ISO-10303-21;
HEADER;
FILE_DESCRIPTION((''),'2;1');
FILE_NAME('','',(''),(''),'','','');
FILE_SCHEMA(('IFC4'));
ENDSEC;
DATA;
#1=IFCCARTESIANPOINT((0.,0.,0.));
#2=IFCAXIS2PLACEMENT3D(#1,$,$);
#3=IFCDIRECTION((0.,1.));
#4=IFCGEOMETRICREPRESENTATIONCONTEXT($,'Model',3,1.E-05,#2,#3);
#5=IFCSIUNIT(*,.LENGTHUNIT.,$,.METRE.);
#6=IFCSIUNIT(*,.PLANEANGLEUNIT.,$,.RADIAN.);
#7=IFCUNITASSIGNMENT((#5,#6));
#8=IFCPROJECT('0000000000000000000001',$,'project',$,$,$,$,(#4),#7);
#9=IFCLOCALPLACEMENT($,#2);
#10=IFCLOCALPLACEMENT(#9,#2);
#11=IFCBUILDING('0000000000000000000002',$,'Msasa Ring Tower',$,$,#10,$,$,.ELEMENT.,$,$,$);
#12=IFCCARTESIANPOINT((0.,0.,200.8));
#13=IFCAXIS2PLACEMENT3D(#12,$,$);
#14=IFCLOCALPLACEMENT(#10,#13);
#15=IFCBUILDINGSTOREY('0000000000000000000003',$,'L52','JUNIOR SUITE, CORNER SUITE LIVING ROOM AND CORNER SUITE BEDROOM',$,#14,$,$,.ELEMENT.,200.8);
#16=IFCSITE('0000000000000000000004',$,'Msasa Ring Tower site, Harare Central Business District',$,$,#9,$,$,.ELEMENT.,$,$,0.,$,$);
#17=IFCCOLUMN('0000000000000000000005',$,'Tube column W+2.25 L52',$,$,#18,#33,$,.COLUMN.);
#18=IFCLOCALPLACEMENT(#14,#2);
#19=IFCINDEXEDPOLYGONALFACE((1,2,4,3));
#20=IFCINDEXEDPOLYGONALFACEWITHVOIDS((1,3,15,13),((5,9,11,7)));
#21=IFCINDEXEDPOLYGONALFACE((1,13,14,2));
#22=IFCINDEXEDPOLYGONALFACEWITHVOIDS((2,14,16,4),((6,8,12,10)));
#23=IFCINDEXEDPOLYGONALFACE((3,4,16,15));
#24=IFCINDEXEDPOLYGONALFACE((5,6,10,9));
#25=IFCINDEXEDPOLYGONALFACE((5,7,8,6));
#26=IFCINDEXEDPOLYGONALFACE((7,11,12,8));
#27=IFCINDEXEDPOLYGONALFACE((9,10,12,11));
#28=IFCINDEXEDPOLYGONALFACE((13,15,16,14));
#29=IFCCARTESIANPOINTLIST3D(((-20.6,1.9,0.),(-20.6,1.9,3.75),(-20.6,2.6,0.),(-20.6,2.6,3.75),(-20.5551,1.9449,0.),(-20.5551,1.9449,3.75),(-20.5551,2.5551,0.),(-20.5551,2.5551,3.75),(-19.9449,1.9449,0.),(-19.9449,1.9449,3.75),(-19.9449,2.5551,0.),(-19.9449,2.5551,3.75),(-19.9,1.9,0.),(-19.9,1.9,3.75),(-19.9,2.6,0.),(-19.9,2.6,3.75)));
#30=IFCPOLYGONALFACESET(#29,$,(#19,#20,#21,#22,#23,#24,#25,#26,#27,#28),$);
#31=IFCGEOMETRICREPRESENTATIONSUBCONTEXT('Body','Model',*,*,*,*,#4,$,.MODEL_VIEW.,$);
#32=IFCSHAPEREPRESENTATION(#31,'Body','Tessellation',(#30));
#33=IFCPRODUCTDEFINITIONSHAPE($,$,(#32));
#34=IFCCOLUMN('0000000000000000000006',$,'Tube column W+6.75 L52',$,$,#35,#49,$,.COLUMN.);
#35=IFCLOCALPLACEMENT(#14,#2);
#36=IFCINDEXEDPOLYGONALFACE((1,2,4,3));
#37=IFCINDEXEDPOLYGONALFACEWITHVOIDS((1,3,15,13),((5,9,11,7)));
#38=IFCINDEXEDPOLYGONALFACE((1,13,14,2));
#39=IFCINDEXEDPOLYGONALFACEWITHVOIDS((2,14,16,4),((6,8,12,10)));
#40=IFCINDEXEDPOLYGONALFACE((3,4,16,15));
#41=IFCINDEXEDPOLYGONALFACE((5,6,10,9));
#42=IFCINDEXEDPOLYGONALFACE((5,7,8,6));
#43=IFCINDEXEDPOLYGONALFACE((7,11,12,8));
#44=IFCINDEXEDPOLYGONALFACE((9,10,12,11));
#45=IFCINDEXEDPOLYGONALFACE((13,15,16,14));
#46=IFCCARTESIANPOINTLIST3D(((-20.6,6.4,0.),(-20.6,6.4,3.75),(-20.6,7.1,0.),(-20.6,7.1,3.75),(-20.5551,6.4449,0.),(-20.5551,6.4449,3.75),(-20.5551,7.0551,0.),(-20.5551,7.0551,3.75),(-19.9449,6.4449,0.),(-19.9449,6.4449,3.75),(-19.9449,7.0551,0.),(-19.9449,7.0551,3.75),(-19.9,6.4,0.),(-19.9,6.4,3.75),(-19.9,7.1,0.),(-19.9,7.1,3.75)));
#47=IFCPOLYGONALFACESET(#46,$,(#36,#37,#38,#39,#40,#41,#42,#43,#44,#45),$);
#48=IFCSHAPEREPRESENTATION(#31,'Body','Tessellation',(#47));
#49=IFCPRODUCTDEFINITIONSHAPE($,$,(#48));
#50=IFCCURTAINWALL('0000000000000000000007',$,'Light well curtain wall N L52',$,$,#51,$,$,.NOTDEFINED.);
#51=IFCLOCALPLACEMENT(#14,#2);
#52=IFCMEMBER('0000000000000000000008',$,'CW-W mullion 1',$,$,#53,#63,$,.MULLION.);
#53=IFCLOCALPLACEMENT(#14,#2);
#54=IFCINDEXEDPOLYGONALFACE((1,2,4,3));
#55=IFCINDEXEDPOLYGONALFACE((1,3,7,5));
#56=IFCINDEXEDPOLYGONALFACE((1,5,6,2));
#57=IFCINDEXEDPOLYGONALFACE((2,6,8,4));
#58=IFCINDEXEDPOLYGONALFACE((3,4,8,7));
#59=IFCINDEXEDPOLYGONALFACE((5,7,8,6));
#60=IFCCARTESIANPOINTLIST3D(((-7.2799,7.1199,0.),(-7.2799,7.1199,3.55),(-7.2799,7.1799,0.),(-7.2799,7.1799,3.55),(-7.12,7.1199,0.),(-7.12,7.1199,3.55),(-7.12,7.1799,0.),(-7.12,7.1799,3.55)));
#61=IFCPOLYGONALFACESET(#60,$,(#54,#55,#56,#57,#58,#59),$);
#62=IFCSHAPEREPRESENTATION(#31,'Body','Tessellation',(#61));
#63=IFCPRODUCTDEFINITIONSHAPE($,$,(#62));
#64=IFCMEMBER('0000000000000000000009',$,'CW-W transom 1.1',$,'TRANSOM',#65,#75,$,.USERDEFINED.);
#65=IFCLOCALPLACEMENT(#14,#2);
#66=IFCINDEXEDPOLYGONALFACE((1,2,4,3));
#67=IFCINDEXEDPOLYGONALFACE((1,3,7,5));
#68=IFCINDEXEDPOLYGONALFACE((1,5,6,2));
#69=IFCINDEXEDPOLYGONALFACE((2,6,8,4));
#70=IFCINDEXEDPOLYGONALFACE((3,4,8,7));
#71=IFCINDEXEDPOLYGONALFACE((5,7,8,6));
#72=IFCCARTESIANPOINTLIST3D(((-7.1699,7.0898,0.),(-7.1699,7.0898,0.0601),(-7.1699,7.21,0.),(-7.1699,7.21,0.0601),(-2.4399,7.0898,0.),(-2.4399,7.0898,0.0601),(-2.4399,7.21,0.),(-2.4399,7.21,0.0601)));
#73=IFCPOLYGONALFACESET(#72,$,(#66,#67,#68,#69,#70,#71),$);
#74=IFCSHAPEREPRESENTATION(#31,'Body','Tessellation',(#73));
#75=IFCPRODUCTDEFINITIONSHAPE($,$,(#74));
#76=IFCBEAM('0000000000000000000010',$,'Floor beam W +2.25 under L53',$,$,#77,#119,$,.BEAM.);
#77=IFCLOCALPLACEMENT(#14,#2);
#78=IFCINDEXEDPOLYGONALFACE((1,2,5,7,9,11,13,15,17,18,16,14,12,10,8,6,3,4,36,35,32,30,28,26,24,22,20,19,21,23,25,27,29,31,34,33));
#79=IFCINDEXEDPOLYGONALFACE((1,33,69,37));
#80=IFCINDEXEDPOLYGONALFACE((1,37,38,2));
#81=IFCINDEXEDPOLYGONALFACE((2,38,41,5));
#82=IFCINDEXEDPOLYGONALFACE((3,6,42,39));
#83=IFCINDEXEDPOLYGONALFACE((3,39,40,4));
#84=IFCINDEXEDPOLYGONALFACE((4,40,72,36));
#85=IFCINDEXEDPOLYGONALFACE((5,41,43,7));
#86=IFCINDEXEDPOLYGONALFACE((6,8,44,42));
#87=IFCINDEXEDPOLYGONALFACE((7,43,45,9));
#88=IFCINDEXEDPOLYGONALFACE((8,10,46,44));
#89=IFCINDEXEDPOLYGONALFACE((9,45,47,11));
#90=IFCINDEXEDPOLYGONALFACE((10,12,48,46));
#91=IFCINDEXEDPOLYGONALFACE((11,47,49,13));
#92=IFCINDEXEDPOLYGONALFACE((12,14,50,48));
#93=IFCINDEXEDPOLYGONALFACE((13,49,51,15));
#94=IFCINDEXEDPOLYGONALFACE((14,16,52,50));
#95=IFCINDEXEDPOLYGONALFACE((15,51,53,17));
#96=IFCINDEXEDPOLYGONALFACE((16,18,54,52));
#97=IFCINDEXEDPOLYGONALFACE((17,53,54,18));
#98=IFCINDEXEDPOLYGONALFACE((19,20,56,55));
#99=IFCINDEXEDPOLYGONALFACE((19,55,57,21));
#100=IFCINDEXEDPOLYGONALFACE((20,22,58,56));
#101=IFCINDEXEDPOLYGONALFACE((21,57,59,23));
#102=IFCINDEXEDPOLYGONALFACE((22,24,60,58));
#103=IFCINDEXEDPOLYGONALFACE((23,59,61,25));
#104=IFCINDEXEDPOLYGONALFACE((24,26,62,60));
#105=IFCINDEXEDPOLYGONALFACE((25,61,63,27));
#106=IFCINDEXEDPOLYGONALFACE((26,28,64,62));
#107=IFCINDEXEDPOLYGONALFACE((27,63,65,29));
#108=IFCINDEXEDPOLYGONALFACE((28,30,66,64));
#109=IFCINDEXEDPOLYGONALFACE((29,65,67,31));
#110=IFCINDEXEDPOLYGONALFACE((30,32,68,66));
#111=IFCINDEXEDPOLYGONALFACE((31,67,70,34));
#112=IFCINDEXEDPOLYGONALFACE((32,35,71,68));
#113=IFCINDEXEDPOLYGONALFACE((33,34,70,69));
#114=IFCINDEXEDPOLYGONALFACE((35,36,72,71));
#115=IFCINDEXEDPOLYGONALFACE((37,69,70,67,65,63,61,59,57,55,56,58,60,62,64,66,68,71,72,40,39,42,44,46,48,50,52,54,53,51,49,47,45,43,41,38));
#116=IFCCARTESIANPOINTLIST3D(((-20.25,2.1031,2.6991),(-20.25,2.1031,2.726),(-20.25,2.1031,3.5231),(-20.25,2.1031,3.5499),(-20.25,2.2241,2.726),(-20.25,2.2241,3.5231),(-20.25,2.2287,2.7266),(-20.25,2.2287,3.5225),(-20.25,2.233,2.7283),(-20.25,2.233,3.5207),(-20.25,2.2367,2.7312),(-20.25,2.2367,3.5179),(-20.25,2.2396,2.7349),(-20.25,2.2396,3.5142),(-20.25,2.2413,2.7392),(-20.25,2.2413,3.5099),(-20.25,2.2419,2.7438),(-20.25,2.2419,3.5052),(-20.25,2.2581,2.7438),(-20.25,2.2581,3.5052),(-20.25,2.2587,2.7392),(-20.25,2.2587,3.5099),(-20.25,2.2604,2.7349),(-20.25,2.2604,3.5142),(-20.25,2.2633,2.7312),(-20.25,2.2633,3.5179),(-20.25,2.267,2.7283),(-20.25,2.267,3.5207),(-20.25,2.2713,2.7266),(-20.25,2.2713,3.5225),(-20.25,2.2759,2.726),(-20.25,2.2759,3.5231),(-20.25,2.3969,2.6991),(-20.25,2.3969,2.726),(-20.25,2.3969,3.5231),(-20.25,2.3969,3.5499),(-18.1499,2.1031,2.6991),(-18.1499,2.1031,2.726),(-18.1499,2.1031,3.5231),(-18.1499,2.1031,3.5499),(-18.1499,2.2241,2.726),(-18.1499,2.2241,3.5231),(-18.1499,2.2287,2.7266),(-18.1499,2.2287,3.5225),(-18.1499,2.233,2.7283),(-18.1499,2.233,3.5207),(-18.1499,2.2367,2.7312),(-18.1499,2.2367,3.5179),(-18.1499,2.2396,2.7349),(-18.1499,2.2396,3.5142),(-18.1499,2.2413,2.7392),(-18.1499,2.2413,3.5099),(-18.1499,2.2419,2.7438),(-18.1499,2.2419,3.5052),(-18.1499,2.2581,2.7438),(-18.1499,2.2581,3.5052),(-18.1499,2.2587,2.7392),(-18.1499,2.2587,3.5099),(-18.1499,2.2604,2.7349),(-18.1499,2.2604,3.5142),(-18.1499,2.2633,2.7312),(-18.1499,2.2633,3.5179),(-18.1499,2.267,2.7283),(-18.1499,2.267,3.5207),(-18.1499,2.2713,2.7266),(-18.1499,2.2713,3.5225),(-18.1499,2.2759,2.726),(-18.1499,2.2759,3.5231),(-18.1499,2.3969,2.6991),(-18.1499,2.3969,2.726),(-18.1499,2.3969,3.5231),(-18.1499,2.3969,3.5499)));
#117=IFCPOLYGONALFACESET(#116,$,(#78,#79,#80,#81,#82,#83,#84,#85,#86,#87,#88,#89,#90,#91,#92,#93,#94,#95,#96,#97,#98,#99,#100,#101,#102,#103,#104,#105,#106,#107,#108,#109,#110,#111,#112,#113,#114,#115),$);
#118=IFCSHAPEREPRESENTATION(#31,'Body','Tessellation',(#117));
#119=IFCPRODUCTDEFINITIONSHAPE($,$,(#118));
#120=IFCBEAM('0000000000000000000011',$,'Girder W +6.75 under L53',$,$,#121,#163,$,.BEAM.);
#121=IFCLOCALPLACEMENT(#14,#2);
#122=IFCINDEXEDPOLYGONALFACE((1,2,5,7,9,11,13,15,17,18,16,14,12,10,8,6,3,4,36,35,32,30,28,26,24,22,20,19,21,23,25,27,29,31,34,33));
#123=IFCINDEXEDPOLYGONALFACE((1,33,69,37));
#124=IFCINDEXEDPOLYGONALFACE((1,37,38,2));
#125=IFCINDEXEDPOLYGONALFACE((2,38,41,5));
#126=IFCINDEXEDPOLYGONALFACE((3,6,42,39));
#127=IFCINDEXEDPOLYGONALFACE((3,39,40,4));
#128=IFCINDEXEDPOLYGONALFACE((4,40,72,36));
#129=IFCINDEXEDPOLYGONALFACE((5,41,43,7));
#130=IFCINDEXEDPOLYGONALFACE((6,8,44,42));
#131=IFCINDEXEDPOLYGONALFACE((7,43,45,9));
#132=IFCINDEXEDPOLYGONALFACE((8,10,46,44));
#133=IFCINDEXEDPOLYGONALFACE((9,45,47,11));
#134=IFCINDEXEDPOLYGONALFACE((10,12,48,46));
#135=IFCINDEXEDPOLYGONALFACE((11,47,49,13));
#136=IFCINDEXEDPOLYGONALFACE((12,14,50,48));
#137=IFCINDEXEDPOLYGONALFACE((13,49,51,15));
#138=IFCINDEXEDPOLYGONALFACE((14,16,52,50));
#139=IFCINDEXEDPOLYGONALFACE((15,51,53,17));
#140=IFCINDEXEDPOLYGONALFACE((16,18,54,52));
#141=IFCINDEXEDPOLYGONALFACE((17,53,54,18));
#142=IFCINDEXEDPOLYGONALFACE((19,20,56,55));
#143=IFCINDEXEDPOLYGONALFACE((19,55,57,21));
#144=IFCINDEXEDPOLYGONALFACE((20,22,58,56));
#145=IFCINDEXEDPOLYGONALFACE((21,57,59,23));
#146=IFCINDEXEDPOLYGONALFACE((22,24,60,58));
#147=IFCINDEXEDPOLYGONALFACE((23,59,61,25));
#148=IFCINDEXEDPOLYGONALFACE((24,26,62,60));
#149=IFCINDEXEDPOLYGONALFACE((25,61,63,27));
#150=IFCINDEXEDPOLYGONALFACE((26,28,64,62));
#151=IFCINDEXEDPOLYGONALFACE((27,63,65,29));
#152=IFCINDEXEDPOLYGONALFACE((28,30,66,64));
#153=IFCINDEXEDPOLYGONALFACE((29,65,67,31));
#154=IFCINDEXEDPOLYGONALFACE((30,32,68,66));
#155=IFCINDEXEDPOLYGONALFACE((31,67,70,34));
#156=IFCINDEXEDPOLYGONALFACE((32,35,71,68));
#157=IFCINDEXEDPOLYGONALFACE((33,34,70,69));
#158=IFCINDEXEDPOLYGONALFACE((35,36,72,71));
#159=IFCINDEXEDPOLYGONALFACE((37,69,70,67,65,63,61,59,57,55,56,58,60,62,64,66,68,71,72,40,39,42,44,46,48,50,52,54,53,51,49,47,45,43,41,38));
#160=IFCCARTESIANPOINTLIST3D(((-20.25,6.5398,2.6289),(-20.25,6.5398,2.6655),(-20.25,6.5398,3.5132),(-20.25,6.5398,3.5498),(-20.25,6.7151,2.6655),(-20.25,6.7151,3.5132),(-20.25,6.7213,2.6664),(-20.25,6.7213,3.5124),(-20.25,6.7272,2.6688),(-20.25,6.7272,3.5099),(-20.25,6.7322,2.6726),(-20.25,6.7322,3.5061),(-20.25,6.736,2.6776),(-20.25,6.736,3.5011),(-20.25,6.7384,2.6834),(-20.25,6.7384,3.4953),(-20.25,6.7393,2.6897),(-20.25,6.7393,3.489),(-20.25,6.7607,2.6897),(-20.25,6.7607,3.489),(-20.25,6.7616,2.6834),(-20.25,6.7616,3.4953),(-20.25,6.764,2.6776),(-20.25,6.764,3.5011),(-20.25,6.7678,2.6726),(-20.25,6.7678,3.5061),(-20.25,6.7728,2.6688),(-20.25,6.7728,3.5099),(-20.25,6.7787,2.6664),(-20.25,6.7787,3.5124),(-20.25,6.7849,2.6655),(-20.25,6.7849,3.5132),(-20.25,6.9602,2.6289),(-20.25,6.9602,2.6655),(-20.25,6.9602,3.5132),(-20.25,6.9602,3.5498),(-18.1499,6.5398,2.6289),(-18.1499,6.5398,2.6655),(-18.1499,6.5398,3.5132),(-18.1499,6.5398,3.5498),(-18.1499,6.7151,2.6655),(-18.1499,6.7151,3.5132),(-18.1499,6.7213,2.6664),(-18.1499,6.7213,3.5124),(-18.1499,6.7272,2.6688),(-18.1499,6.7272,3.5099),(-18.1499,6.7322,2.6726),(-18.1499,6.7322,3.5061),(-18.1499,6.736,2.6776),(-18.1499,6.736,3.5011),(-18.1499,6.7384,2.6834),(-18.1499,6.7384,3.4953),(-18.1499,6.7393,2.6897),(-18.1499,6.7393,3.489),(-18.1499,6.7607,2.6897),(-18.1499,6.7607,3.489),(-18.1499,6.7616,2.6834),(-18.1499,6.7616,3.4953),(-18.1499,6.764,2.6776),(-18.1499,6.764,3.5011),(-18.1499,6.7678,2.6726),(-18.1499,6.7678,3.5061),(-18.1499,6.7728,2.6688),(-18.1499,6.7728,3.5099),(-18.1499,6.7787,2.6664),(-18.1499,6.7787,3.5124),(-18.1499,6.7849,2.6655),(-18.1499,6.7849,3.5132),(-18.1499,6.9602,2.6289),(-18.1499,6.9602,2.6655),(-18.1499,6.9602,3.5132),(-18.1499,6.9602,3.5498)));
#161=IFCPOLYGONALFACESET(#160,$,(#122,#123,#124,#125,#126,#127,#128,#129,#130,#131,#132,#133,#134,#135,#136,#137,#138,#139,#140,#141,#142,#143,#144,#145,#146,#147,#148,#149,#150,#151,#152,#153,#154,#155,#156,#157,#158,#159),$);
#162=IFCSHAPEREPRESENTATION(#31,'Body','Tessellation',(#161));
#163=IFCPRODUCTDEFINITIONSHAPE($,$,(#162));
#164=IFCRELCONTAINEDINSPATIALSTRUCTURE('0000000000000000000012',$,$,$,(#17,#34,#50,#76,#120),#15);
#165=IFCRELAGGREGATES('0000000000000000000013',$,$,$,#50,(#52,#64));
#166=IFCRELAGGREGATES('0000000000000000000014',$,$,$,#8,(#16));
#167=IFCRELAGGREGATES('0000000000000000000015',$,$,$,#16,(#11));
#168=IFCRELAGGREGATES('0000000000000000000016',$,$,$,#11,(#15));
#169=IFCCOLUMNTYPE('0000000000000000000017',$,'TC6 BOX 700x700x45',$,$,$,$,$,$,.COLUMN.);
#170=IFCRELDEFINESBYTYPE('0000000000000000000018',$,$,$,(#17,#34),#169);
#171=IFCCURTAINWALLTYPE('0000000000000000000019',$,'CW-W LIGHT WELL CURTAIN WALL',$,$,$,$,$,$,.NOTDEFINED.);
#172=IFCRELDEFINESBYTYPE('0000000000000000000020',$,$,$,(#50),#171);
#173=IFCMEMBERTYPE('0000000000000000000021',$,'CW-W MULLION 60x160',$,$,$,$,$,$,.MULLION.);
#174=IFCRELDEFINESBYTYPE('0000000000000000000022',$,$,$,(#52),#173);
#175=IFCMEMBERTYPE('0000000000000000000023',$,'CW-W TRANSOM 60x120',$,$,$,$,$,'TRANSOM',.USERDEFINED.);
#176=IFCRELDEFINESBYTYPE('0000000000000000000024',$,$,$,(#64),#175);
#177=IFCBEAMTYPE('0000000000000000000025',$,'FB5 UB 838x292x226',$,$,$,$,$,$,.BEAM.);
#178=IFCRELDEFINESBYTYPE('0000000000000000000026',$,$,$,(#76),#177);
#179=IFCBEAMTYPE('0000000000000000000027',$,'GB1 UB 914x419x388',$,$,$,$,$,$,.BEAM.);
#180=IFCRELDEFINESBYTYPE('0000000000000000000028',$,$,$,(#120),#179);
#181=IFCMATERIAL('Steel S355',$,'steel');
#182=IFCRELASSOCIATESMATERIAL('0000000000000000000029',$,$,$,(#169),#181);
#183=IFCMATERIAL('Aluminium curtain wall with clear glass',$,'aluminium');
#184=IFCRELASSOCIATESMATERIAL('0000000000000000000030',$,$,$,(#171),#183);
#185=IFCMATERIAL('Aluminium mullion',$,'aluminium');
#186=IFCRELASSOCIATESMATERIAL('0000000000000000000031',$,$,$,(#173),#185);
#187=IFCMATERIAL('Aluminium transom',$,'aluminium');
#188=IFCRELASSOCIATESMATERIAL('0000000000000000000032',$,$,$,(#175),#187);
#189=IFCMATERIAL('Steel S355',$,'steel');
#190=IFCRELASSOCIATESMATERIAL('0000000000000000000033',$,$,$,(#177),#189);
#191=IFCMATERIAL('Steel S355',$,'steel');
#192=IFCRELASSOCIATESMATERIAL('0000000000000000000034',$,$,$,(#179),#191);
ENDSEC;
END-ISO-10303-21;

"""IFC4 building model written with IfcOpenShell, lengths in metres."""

from ifc_helpers import new_model, si_unit, direction, frame, origin, origin_2d, place, context, subcontext, project, spatial, rectangle, hollow_rectangle, i_section, extrude, material, material_profile, profile_set, type_object, element, aggregate, save


model = new_model("IFC4")

# Units and contexts
model_context = context("Model", 3, precision=1e-05, world=origin(), true_north=direction((0.0, 1.0)))
body_context = subcontext(model_context, "Body", "Model", "MODEL_VIEW")
ifc_project = project(units=[si_unit("LENGTHUNIT", "METRE"), si_unit("PLANEANGLEUNIT", "RADIAN")], contexts=[model_context])

# Site, building, storey
site_placement = place(None, origin())
site = spatial("IfcSite", under=ifc_project, at=site_placement, Name="Msasa Ring Tower site, Harare Central Business District", CompositionType="ELEMENT", RefElevation=0.0)
building_placement = place(site_placement, origin())
building = spatial("IfcBuilding", under=site, at=building_placement, Name="Msasa Ring Tower", CompositionType="ELEMENT")
storey_placement = place(building_placement, frame((0.0, 0.0, 200.8)))
storey = spatial("IfcBuildingStorey", under=building, at=storey_placement, Name="L52", Description="JUNIOR SUITE, CORNER SUITE LIVING ROOM AND CORNER SUITE BEDROOM", CompositionType="ELEMENT", Elevation=200.8)

# Columns
ifc_material_1 = material(Name="Steel S355", Category="steel")
ifc_material_profile_1 = material_profile(ifc_material_1, hollow_rectangle(XDim=0.7, YDim=0.7, WallThickness=0.0449, at=origin_2d()), Name="BOX 700x700x45")
ifc_profile_set_1 = profile_set([ifc_material_profile_1], Name="Steel S355")
column_type = type_object("IfcColumnType", Name="TC6 BOX 700x700x45", PredefinedType="COLUMN", material=ifc_profile_set_1)
for number, where, z_axis, x_axis, name in (
    (1, (-20.25, 2.25, 0.0), (0.0, 0.0, 1.0), (1.0, 0.0, 0.0), "Tube column W+2.25 L52"),
    (2, (-20.25, 6.75, 0.0), (0.0, 0.0, 1.0), (1.0, 0.0, 0.0), "Tube column W+6.75 L52"),
):
    element("IfcColumn", number, at=place(storey_placement, frame(where, z_axis=z_axis, x_axis=x_axis)), inside=storey, type_object=column_type, Name=name, PredefinedType="COLUMN", context=body_context, shape_type="SweptSolid", body=[
        extrude(hollow_rectangle(XDim=0.7, YDim=0.7, WallThickness=0.0449, at=origin_2d()), origin(), (0.0, 0.0, 1.0), 3.75),
    ])

# Curtain wall, members
ifc_material_2 = material(Name="Aluminium curtain wall with clear glass", Category="aluminium")
curtain_wall_type = type_object("IfcCurtainWallType", Name="CW-W LIGHT WELL CURTAIN WALL", PredefinedType="NOTDEFINED", material=ifc_material_2)
curtain_wall_placement = place(storey_placement, origin())
curtain_wall = element("IfcCurtainWall", 3, at=curtain_wall_placement, inside=storey, type_object=curtain_wall_type, Name="Light well curtain wall N L52", PredefinedType="NOTDEFINED")
ifc_material_3 = material(Name="Aluminium mullion", Category="aluminium")
ifc_material_profile_2 = material_profile(ifc_material_3, rectangle(XDim=0.0601, YDim=0.1599, at=origin_2d()), Name="AL 60x160")
ifc_profile_set_2 = profile_set([ifc_material_profile_2], Name="Aluminium mullion")
member_type_1 = type_object("IfcMemberType", Name="CW-W MULLION 60x160", PredefinedType="MULLION", material=ifc_profile_set_2)
member_1_placement = place(storey_placement, frame((-7.2, 7.1499, 0.0), z_axis=(0.0, 0.0, 1.0), x_axis=(0.0, 1.0, 0.0)))
member_1 = element("IfcMember", 4, at=member_1_placement, type_object=member_type_1, Name="CW-W mullion 1", PredefinedType="MULLION", context=body_context, shape_type="SweptSolid", body=[
    extrude(rectangle(XDim=0.0601, YDim=0.1599, at=origin_2d()), origin(), (0.0, 0.0, 1.0), 3.55),
])
ifc_material_4 = material(Name="Aluminium transom", Category="aluminium")
ifc_material_profile_3 = material_profile(ifc_material_4, rectangle(XDim=0.1201, YDim=0.0601, at=origin_2d()), Name="AL 60x120")
ifc_profile_set_3 = profile_set([ifc_material_profile_3], Name="Aluminium transom")
member_type_2 = type_object("IfcMemberType", Name="CW-W TRANSOM 60x120", ElementType="TRANSOM", PredefinedType="USERDEFINED", material=ifc_profile_set_3)
member_2_placement = place(storey_placement, frame((-7.1699, 7.1499, 0.03), z_axis=(1.0, 0.0, 0.0), x_axis=(0.0, 1.0, 0.0)))
member_2 = element("IfcMember", 5, at=member_2_placement, type_object=member_type_2, Name="CW-W transom 1.1", ObjectType="TRANSOM", PredefinedType="USERDEFINED", context=body_context, shape_type="SweptSolid", body=[
    extrude(rectangle(XDim=0.1201, YDim=0.0601, at=origin_2d()), origin(), (0.0, 0.0, 1.0), 4.73),
])
aggregate(curtain_wall, [member_1, member_2])

# Beams
ifc_material_5 = material(Name="Steel S355", Category="steel")
ifc_material_profile_4 = material_profile(ifc_material_5, i_section(OverallWidth=0.2937, OverallDepth=0.8508, WebThickness=0.0161, FlangeThickness=0.0269, FilletRadius=0.0178, at=origin_2d()), Name="UB 838x292x226")
ifc_profile_set_4 = profile_set([ifc_material_profile_4], Name="Steel S355")
beam_type_1 = type_object("IfcBeamType", Name="FB5 UB 838x292x226", PredefinedType="BEAM", material=ifc_profile_set_4)
beam_1_placement = place(storey_placement, frame((-20.25, 2.25, 3.1245), z_axis=(1.0, 0.0, 0.0), x_axis=(0.0, 1.0, 0.0)))
element("IfcBeam", 6, at=beam_1_placement, inside=storey, type_object=beam_type_1, Name="Floor beam W +2.25 under L53", PredefinedType="BEAM", context=body_context, shape_type="SweptSolid", body=[
    extrude(i_section(OverallWidth=0.2937, OverallDepth=0.8508, WebThickness=0.0161, FlangeThickness=0.0269, FilletRadius=0.0178, at=origin_2d()), origin(), (0.0, 0.0, 1.0), 2.1001),
])
ifc_material_6 = material(Name="Steel S355", Category="steel")
ifc_material_profile_5 = material_profile(ifc_material_6, i_section(OverallWidth=0.4204, OverallDepth=0.9209, WebThickness=0.0215, FlangeThickness=0.0366, FilletRadius=0.0242, at=origin_2d()), Name="UB 914x419x388")
ifc_profile_set_5 = profile_set([ifc_material_profile_5], Name="Steel S355")
beam_type_2 = type_object("IfcBeamType", Name="GB1 UB 914x419x388", PredefinedType="BEAM", material=ifc_profile_set_5)
beam_2_placement = place(storey_placement, frame((-18.1499, 6.75, 3.0894), z_axis=(-1.0, 0.0, 0.0), x_axis=(0.0, -1.0, 0.0)))
element("IfcBeam", 7, at=beam_2_placement, inside=storey, type_object=beam_type_2, Name="Girder W +6.75 under L53", PredefinedType="BEAM", context=body_context, shape_type="SweptSolid", body=[
    extrude(i_section(OverallWidth=0.4204, OverallDepth=0.9209, WebThickness=0.0215, FlangeThickness=0.0366, FilletRadius=0.0242, at=origin_2d()), origin(), (0.0, 0.0, 1.0), 2.1001),
])

save(model, "model.ifc")
